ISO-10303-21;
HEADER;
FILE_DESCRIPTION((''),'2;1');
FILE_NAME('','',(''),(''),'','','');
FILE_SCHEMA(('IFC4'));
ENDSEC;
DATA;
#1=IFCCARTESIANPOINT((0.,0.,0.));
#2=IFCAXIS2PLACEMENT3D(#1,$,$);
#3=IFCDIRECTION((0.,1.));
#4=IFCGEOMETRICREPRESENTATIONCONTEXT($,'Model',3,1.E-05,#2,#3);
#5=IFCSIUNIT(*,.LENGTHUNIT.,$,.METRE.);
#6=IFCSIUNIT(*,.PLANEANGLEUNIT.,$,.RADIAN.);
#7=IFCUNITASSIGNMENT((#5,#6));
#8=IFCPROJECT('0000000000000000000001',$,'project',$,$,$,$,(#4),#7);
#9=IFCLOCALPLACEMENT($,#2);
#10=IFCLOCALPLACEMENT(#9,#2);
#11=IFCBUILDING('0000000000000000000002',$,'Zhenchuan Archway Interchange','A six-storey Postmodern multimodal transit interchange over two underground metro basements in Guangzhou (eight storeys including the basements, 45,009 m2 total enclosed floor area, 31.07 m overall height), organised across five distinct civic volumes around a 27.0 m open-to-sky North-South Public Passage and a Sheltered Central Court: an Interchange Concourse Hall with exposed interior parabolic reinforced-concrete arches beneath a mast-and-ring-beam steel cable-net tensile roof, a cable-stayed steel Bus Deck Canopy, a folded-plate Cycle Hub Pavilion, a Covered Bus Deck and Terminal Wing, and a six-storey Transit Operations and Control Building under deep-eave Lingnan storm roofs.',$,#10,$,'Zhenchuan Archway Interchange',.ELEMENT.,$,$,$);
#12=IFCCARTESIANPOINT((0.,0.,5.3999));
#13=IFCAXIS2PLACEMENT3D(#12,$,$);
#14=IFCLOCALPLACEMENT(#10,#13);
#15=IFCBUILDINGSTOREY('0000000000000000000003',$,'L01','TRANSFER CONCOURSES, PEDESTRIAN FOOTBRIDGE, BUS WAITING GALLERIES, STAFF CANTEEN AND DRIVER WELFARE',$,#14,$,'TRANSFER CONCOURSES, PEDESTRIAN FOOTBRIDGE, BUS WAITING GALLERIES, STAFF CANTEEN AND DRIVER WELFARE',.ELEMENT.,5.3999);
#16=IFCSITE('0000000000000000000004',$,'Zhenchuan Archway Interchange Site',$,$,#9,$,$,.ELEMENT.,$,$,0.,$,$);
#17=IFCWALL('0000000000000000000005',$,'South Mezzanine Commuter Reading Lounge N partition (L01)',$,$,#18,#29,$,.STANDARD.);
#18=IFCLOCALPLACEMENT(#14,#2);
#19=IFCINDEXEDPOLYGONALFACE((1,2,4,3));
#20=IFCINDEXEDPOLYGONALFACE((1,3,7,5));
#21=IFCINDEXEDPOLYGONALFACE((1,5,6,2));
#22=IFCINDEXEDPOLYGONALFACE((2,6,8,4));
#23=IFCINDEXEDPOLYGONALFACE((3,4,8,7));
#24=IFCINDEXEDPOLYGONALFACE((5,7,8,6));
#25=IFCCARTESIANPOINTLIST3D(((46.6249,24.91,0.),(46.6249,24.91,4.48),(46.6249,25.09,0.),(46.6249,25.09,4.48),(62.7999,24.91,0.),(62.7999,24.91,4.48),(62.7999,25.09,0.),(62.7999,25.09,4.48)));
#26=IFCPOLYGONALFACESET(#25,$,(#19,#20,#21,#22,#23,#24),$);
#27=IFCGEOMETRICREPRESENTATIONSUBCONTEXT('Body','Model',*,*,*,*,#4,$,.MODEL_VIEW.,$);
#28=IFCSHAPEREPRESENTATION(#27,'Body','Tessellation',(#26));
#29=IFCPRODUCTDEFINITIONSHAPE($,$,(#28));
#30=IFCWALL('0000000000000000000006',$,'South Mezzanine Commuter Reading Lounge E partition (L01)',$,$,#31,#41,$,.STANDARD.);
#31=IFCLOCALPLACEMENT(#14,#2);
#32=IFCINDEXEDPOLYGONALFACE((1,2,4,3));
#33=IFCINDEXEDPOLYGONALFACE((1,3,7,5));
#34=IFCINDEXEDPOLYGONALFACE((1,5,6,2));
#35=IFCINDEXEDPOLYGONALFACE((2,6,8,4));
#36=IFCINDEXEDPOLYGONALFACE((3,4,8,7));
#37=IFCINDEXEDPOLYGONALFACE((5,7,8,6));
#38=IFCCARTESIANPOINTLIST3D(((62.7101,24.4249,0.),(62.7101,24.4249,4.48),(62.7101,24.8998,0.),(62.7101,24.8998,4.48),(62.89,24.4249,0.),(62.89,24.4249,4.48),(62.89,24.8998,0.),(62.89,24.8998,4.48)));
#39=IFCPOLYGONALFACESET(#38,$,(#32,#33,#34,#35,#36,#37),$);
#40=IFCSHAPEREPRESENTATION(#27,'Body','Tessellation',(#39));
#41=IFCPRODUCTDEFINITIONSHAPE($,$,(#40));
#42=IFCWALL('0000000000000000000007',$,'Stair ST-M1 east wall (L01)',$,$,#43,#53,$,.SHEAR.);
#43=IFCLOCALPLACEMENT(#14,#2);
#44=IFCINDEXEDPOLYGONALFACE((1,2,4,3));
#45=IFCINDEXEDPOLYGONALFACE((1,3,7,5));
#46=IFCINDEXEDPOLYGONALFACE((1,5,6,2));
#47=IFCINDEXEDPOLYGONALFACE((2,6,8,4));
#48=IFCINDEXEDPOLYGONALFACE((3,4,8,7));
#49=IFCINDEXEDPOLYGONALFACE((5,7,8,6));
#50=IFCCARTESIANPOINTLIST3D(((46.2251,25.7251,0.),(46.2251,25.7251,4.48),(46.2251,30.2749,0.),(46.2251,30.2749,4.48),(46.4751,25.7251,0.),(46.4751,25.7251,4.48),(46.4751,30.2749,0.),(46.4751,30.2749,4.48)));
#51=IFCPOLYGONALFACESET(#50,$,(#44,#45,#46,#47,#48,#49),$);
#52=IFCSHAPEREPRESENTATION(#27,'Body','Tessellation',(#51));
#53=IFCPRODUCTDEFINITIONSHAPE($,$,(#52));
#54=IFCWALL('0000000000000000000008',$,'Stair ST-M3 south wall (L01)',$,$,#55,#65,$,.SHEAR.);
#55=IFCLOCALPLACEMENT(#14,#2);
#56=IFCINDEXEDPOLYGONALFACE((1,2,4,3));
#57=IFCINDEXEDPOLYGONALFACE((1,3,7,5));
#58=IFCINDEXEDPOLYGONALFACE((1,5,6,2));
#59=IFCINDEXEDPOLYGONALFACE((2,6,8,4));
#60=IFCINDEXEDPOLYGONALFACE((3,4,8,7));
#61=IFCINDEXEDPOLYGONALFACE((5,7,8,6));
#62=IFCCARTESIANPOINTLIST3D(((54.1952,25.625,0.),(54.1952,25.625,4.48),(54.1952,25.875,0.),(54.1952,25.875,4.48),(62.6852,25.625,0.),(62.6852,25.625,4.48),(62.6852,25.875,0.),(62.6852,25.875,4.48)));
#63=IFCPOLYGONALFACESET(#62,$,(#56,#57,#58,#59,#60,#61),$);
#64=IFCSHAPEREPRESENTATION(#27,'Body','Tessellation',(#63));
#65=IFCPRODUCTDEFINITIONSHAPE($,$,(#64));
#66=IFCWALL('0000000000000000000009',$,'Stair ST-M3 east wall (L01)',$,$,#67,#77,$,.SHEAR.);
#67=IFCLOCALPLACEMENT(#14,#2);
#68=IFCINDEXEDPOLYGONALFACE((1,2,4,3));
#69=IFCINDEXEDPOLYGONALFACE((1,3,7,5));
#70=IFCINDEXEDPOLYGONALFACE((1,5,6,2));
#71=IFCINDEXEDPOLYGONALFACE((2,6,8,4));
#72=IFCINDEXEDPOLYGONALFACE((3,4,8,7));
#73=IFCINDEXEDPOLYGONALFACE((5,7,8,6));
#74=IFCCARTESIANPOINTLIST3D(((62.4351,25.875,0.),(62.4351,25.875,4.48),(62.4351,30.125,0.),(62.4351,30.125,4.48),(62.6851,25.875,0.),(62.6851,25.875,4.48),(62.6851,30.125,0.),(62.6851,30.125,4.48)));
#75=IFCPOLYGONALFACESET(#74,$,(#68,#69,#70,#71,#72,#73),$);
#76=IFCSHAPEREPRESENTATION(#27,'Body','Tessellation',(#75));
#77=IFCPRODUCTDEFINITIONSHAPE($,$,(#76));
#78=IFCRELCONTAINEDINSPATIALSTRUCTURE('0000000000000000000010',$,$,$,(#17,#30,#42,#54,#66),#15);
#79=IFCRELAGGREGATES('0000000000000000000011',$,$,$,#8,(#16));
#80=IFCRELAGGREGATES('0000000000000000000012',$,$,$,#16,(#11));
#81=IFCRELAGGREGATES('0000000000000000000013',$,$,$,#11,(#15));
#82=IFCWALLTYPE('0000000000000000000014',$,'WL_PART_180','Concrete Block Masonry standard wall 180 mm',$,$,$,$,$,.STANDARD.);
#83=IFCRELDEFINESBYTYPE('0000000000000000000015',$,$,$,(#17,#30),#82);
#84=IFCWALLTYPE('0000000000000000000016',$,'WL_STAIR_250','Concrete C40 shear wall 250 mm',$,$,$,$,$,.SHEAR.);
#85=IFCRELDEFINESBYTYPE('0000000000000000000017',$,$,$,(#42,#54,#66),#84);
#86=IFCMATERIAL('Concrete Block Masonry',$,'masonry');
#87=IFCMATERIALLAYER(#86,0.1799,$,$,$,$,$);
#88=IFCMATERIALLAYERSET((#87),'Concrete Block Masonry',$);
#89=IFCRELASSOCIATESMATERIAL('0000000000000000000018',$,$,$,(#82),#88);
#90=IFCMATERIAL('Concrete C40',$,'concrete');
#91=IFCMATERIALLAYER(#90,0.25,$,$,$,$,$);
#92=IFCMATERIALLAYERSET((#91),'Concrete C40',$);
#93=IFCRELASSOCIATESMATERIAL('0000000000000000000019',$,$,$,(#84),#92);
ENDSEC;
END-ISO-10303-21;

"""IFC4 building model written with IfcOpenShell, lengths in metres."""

from ifc_helpers import new_model, si_unit, direction, frame, frame_2d, origin, place, context, subcontext, project, spatial, rectangle, extrude, material, layer, layer_set, type_object, element, save


model = new_model("IFC4")

# Units and contexts
model_context = context("Model", 3, precision=1e-05, world=origin(), true_north=direction((0.0, 1.0)))
body_context = subcontext(model_context, "Body", "Model", "MODEL_VIEW")
ifc_project = project(units=[si_unit("LENGTHUNIT", "METRE"), si_unit("PLANEANGLEUNIT", "RADIAN")], contexts=[model_context])

# Site, building, storey
site_placement = place(None, origin())
site = spatial("IfcSite", under=ifc_project, at=site_placement, Name="Zhenchuan Archway Interchange Site", CompositionType="ELEMENT", RefElevation=0.0)
building_placement = place(site_placement, origin())
building = spatial("IfcBuilding", under=site, at=building_placement, Name="Zhenchuan Archway Interchange", Description="A six-storey Postmodern multimodal transit interchange over two underground metro basements in Guangzhou (eight storeys including the basements, 45,009 m2 total enclosed floor area, 31.07 m overall height), organised across five distinct civic volumes around a 27.0 m open-to-sky North-South Public Passage and a Sheltered Central Court: an Interchange Concourse Hall with exposed interior parabolic reinforced-concrete arches beneath a mast-and-ring-beam steel cable-net tensile roof, a cable-stayed steel Bus Deck Canopy, a folded-plate Cycle Hub Pavilion, a Covered Bus Deck and Terminal Wing, and a six-storey Transit Operations and Control Building under deep-eave Lingnan storm roofs.", LongName="Zhenchuan Archway Interchange", CompositionType="ELEMENT")
storey_placement = place(building_placement, frame((0.0, 0.0, 5.3999)))
storey = spatial("IfcBuildingStorey", under=building, at=storey_placement, Name="L01", Description="TRANSFER CONCOURSES, PEDESTRIAN FOOTBRIDGE, BUS WAITING GALLERIES, STAFF CANTEEN AND DRIVER WELFARE", LongName="TRANSFER CONCOURSES, PEDESTRIAN FOOTBRIDGE, BUS WAITING GALLERIES, STAFF CANTEEN AND DRIVER WELFARE", CompositionType="ELEMENT", Elevation=5.3999)

# Shared definitions
ifc_material_1 = material(Name="Concrete C40", Category="concrete")

# Walls
ifc_material_2 = material(Name="Concrete Block Masonry", Category="masonry")
ifc_layer_1 = layer(ifc_material_2, 0.1799)
ifc_layer_set_1 = layer_set([ifc_layer_1], Name="Concrete Block Masonry")
wall_type_1 = type_object("IfcWallType", Name="WL_PART_180", Description="Concrete Block Masonry standard wall 180 mm", PredefinedType="STANDARD", material=ifc_layer_set_1)
wall_1_placement = place(storey_placement, frame((46.625, 25.0, 0.0), z_axis=(0.0, 0.0, 1.0), x_axis=(1.0, 0.0, 0.0)))
element("IfcWall", 1, at=wall_1_placement, inside=storey, type_object=wall_type_1, Name="South Mezzanine Commuter Reading Lounge N partition (L01)", PredefinedType="STANDARD", context=body_context, shape_type="SweptSolid", body=[
    extrude(rectangle(XDim=16.175, YDim=0.1799, at=frame_2d((8.0874, 0.0))), origin(), (0.0, 0.0, 1.0), 4.48),
])
wall_2_placement = place(storey_placement, frame((62.8, 24.425, 0.0), z_axis=(0.0, 0.0, 1.0), x_axis=(0.0, 1.0, 0.0)))
element("IfcWall", 2, at=wall_2_placement, inside=storey, type_object=wall_type_1, Name="South Mezzanine Commuter Reading Lounge E partition (L01)", PredefinedType="STANDARD", context=body_context, shape_type="SweptSolid", body=[
    extrude(rectangle(XDim=0.4749, YDim=0.1799, at=frame_2d((0.2373, 0.0))), origin(), (0.0, 0.0, 1.0), 4.48),
])
ifc_layer_2 = layer(ifc_material_1, 0.25)
ifc_layer_set_2 = layer_set([ifc_layer_2], Name="Concrete C40")
wall_type_2 = type_object("IfcWallType", Name="WL_STAIR_250", Description="Concrete C40 shear wall 250 mm", PredefinedType="SHEAR", material=ifc_layer_set_2)
wall_3_placement = place(storey_placement, frame((46.3501, 25.7251, 0.0), z_axis=(0.0, 0.0, 1.0), x_axis=(0.0, 1.0, 0.0)))
element("IfcWall", 3, at=wall_3_placement, inside=storey, type_object=wall_type_2, Name="Stair ST-M1 east wall (L01)", PredefinedType="SHEAR", context=body_context, shape_type="SweptSolid", body=[
    extrude(rectangle(XDim=4.5498, YDim=0.25, at=frame_2d((2.2749, 0.0))), origin(), (0.0, 0.0, 1.0), 4.48),
])
wall_4_placement = place(storey_placement, frame((54.1951, 25.75, 0.0), z_axis=(0.0, 0.0, 1.0), x_axis=(1.0, 0.0, 0.0)))
element("IfcWall", 4, at=wall_4_placement, inside=storey, type_object=wall_type_2, Name="Stair ST-M3 south wall (L01)", PredefinedType="SHEAR", context=body_context, shape_type="SweptSolid", body=[
    extrude(rectangle(XDim=8.49, YDim=0.25, at=frame_2d((4.2451, 0.0))), origin(), (0.0, 0.0, 1.0), 4.48),
])
wall_5_placement = place(storey_placement, frame((62.5601, 25.875, 0.0), z_axis=(0.0, 0.0, 1.0), x_axis=(0.0, 1.0, 0.0)))
element("IfcWall", 5, at=wall_5_placement, inside=storey, type_object=wall_type_2, Name="Stair ST-M3 east wall (L01)", PredefinedType="SHEAR", context=body_context, shape_type="SweptSolid", body=[
    extrude(rectangle(XDim=4.25, YDim=0.25, at=frame_2d((2.125, 0.0))), origin(), (0.0, 0.0, 1.0), 4.48),
])

save(model, "model.ifc")
